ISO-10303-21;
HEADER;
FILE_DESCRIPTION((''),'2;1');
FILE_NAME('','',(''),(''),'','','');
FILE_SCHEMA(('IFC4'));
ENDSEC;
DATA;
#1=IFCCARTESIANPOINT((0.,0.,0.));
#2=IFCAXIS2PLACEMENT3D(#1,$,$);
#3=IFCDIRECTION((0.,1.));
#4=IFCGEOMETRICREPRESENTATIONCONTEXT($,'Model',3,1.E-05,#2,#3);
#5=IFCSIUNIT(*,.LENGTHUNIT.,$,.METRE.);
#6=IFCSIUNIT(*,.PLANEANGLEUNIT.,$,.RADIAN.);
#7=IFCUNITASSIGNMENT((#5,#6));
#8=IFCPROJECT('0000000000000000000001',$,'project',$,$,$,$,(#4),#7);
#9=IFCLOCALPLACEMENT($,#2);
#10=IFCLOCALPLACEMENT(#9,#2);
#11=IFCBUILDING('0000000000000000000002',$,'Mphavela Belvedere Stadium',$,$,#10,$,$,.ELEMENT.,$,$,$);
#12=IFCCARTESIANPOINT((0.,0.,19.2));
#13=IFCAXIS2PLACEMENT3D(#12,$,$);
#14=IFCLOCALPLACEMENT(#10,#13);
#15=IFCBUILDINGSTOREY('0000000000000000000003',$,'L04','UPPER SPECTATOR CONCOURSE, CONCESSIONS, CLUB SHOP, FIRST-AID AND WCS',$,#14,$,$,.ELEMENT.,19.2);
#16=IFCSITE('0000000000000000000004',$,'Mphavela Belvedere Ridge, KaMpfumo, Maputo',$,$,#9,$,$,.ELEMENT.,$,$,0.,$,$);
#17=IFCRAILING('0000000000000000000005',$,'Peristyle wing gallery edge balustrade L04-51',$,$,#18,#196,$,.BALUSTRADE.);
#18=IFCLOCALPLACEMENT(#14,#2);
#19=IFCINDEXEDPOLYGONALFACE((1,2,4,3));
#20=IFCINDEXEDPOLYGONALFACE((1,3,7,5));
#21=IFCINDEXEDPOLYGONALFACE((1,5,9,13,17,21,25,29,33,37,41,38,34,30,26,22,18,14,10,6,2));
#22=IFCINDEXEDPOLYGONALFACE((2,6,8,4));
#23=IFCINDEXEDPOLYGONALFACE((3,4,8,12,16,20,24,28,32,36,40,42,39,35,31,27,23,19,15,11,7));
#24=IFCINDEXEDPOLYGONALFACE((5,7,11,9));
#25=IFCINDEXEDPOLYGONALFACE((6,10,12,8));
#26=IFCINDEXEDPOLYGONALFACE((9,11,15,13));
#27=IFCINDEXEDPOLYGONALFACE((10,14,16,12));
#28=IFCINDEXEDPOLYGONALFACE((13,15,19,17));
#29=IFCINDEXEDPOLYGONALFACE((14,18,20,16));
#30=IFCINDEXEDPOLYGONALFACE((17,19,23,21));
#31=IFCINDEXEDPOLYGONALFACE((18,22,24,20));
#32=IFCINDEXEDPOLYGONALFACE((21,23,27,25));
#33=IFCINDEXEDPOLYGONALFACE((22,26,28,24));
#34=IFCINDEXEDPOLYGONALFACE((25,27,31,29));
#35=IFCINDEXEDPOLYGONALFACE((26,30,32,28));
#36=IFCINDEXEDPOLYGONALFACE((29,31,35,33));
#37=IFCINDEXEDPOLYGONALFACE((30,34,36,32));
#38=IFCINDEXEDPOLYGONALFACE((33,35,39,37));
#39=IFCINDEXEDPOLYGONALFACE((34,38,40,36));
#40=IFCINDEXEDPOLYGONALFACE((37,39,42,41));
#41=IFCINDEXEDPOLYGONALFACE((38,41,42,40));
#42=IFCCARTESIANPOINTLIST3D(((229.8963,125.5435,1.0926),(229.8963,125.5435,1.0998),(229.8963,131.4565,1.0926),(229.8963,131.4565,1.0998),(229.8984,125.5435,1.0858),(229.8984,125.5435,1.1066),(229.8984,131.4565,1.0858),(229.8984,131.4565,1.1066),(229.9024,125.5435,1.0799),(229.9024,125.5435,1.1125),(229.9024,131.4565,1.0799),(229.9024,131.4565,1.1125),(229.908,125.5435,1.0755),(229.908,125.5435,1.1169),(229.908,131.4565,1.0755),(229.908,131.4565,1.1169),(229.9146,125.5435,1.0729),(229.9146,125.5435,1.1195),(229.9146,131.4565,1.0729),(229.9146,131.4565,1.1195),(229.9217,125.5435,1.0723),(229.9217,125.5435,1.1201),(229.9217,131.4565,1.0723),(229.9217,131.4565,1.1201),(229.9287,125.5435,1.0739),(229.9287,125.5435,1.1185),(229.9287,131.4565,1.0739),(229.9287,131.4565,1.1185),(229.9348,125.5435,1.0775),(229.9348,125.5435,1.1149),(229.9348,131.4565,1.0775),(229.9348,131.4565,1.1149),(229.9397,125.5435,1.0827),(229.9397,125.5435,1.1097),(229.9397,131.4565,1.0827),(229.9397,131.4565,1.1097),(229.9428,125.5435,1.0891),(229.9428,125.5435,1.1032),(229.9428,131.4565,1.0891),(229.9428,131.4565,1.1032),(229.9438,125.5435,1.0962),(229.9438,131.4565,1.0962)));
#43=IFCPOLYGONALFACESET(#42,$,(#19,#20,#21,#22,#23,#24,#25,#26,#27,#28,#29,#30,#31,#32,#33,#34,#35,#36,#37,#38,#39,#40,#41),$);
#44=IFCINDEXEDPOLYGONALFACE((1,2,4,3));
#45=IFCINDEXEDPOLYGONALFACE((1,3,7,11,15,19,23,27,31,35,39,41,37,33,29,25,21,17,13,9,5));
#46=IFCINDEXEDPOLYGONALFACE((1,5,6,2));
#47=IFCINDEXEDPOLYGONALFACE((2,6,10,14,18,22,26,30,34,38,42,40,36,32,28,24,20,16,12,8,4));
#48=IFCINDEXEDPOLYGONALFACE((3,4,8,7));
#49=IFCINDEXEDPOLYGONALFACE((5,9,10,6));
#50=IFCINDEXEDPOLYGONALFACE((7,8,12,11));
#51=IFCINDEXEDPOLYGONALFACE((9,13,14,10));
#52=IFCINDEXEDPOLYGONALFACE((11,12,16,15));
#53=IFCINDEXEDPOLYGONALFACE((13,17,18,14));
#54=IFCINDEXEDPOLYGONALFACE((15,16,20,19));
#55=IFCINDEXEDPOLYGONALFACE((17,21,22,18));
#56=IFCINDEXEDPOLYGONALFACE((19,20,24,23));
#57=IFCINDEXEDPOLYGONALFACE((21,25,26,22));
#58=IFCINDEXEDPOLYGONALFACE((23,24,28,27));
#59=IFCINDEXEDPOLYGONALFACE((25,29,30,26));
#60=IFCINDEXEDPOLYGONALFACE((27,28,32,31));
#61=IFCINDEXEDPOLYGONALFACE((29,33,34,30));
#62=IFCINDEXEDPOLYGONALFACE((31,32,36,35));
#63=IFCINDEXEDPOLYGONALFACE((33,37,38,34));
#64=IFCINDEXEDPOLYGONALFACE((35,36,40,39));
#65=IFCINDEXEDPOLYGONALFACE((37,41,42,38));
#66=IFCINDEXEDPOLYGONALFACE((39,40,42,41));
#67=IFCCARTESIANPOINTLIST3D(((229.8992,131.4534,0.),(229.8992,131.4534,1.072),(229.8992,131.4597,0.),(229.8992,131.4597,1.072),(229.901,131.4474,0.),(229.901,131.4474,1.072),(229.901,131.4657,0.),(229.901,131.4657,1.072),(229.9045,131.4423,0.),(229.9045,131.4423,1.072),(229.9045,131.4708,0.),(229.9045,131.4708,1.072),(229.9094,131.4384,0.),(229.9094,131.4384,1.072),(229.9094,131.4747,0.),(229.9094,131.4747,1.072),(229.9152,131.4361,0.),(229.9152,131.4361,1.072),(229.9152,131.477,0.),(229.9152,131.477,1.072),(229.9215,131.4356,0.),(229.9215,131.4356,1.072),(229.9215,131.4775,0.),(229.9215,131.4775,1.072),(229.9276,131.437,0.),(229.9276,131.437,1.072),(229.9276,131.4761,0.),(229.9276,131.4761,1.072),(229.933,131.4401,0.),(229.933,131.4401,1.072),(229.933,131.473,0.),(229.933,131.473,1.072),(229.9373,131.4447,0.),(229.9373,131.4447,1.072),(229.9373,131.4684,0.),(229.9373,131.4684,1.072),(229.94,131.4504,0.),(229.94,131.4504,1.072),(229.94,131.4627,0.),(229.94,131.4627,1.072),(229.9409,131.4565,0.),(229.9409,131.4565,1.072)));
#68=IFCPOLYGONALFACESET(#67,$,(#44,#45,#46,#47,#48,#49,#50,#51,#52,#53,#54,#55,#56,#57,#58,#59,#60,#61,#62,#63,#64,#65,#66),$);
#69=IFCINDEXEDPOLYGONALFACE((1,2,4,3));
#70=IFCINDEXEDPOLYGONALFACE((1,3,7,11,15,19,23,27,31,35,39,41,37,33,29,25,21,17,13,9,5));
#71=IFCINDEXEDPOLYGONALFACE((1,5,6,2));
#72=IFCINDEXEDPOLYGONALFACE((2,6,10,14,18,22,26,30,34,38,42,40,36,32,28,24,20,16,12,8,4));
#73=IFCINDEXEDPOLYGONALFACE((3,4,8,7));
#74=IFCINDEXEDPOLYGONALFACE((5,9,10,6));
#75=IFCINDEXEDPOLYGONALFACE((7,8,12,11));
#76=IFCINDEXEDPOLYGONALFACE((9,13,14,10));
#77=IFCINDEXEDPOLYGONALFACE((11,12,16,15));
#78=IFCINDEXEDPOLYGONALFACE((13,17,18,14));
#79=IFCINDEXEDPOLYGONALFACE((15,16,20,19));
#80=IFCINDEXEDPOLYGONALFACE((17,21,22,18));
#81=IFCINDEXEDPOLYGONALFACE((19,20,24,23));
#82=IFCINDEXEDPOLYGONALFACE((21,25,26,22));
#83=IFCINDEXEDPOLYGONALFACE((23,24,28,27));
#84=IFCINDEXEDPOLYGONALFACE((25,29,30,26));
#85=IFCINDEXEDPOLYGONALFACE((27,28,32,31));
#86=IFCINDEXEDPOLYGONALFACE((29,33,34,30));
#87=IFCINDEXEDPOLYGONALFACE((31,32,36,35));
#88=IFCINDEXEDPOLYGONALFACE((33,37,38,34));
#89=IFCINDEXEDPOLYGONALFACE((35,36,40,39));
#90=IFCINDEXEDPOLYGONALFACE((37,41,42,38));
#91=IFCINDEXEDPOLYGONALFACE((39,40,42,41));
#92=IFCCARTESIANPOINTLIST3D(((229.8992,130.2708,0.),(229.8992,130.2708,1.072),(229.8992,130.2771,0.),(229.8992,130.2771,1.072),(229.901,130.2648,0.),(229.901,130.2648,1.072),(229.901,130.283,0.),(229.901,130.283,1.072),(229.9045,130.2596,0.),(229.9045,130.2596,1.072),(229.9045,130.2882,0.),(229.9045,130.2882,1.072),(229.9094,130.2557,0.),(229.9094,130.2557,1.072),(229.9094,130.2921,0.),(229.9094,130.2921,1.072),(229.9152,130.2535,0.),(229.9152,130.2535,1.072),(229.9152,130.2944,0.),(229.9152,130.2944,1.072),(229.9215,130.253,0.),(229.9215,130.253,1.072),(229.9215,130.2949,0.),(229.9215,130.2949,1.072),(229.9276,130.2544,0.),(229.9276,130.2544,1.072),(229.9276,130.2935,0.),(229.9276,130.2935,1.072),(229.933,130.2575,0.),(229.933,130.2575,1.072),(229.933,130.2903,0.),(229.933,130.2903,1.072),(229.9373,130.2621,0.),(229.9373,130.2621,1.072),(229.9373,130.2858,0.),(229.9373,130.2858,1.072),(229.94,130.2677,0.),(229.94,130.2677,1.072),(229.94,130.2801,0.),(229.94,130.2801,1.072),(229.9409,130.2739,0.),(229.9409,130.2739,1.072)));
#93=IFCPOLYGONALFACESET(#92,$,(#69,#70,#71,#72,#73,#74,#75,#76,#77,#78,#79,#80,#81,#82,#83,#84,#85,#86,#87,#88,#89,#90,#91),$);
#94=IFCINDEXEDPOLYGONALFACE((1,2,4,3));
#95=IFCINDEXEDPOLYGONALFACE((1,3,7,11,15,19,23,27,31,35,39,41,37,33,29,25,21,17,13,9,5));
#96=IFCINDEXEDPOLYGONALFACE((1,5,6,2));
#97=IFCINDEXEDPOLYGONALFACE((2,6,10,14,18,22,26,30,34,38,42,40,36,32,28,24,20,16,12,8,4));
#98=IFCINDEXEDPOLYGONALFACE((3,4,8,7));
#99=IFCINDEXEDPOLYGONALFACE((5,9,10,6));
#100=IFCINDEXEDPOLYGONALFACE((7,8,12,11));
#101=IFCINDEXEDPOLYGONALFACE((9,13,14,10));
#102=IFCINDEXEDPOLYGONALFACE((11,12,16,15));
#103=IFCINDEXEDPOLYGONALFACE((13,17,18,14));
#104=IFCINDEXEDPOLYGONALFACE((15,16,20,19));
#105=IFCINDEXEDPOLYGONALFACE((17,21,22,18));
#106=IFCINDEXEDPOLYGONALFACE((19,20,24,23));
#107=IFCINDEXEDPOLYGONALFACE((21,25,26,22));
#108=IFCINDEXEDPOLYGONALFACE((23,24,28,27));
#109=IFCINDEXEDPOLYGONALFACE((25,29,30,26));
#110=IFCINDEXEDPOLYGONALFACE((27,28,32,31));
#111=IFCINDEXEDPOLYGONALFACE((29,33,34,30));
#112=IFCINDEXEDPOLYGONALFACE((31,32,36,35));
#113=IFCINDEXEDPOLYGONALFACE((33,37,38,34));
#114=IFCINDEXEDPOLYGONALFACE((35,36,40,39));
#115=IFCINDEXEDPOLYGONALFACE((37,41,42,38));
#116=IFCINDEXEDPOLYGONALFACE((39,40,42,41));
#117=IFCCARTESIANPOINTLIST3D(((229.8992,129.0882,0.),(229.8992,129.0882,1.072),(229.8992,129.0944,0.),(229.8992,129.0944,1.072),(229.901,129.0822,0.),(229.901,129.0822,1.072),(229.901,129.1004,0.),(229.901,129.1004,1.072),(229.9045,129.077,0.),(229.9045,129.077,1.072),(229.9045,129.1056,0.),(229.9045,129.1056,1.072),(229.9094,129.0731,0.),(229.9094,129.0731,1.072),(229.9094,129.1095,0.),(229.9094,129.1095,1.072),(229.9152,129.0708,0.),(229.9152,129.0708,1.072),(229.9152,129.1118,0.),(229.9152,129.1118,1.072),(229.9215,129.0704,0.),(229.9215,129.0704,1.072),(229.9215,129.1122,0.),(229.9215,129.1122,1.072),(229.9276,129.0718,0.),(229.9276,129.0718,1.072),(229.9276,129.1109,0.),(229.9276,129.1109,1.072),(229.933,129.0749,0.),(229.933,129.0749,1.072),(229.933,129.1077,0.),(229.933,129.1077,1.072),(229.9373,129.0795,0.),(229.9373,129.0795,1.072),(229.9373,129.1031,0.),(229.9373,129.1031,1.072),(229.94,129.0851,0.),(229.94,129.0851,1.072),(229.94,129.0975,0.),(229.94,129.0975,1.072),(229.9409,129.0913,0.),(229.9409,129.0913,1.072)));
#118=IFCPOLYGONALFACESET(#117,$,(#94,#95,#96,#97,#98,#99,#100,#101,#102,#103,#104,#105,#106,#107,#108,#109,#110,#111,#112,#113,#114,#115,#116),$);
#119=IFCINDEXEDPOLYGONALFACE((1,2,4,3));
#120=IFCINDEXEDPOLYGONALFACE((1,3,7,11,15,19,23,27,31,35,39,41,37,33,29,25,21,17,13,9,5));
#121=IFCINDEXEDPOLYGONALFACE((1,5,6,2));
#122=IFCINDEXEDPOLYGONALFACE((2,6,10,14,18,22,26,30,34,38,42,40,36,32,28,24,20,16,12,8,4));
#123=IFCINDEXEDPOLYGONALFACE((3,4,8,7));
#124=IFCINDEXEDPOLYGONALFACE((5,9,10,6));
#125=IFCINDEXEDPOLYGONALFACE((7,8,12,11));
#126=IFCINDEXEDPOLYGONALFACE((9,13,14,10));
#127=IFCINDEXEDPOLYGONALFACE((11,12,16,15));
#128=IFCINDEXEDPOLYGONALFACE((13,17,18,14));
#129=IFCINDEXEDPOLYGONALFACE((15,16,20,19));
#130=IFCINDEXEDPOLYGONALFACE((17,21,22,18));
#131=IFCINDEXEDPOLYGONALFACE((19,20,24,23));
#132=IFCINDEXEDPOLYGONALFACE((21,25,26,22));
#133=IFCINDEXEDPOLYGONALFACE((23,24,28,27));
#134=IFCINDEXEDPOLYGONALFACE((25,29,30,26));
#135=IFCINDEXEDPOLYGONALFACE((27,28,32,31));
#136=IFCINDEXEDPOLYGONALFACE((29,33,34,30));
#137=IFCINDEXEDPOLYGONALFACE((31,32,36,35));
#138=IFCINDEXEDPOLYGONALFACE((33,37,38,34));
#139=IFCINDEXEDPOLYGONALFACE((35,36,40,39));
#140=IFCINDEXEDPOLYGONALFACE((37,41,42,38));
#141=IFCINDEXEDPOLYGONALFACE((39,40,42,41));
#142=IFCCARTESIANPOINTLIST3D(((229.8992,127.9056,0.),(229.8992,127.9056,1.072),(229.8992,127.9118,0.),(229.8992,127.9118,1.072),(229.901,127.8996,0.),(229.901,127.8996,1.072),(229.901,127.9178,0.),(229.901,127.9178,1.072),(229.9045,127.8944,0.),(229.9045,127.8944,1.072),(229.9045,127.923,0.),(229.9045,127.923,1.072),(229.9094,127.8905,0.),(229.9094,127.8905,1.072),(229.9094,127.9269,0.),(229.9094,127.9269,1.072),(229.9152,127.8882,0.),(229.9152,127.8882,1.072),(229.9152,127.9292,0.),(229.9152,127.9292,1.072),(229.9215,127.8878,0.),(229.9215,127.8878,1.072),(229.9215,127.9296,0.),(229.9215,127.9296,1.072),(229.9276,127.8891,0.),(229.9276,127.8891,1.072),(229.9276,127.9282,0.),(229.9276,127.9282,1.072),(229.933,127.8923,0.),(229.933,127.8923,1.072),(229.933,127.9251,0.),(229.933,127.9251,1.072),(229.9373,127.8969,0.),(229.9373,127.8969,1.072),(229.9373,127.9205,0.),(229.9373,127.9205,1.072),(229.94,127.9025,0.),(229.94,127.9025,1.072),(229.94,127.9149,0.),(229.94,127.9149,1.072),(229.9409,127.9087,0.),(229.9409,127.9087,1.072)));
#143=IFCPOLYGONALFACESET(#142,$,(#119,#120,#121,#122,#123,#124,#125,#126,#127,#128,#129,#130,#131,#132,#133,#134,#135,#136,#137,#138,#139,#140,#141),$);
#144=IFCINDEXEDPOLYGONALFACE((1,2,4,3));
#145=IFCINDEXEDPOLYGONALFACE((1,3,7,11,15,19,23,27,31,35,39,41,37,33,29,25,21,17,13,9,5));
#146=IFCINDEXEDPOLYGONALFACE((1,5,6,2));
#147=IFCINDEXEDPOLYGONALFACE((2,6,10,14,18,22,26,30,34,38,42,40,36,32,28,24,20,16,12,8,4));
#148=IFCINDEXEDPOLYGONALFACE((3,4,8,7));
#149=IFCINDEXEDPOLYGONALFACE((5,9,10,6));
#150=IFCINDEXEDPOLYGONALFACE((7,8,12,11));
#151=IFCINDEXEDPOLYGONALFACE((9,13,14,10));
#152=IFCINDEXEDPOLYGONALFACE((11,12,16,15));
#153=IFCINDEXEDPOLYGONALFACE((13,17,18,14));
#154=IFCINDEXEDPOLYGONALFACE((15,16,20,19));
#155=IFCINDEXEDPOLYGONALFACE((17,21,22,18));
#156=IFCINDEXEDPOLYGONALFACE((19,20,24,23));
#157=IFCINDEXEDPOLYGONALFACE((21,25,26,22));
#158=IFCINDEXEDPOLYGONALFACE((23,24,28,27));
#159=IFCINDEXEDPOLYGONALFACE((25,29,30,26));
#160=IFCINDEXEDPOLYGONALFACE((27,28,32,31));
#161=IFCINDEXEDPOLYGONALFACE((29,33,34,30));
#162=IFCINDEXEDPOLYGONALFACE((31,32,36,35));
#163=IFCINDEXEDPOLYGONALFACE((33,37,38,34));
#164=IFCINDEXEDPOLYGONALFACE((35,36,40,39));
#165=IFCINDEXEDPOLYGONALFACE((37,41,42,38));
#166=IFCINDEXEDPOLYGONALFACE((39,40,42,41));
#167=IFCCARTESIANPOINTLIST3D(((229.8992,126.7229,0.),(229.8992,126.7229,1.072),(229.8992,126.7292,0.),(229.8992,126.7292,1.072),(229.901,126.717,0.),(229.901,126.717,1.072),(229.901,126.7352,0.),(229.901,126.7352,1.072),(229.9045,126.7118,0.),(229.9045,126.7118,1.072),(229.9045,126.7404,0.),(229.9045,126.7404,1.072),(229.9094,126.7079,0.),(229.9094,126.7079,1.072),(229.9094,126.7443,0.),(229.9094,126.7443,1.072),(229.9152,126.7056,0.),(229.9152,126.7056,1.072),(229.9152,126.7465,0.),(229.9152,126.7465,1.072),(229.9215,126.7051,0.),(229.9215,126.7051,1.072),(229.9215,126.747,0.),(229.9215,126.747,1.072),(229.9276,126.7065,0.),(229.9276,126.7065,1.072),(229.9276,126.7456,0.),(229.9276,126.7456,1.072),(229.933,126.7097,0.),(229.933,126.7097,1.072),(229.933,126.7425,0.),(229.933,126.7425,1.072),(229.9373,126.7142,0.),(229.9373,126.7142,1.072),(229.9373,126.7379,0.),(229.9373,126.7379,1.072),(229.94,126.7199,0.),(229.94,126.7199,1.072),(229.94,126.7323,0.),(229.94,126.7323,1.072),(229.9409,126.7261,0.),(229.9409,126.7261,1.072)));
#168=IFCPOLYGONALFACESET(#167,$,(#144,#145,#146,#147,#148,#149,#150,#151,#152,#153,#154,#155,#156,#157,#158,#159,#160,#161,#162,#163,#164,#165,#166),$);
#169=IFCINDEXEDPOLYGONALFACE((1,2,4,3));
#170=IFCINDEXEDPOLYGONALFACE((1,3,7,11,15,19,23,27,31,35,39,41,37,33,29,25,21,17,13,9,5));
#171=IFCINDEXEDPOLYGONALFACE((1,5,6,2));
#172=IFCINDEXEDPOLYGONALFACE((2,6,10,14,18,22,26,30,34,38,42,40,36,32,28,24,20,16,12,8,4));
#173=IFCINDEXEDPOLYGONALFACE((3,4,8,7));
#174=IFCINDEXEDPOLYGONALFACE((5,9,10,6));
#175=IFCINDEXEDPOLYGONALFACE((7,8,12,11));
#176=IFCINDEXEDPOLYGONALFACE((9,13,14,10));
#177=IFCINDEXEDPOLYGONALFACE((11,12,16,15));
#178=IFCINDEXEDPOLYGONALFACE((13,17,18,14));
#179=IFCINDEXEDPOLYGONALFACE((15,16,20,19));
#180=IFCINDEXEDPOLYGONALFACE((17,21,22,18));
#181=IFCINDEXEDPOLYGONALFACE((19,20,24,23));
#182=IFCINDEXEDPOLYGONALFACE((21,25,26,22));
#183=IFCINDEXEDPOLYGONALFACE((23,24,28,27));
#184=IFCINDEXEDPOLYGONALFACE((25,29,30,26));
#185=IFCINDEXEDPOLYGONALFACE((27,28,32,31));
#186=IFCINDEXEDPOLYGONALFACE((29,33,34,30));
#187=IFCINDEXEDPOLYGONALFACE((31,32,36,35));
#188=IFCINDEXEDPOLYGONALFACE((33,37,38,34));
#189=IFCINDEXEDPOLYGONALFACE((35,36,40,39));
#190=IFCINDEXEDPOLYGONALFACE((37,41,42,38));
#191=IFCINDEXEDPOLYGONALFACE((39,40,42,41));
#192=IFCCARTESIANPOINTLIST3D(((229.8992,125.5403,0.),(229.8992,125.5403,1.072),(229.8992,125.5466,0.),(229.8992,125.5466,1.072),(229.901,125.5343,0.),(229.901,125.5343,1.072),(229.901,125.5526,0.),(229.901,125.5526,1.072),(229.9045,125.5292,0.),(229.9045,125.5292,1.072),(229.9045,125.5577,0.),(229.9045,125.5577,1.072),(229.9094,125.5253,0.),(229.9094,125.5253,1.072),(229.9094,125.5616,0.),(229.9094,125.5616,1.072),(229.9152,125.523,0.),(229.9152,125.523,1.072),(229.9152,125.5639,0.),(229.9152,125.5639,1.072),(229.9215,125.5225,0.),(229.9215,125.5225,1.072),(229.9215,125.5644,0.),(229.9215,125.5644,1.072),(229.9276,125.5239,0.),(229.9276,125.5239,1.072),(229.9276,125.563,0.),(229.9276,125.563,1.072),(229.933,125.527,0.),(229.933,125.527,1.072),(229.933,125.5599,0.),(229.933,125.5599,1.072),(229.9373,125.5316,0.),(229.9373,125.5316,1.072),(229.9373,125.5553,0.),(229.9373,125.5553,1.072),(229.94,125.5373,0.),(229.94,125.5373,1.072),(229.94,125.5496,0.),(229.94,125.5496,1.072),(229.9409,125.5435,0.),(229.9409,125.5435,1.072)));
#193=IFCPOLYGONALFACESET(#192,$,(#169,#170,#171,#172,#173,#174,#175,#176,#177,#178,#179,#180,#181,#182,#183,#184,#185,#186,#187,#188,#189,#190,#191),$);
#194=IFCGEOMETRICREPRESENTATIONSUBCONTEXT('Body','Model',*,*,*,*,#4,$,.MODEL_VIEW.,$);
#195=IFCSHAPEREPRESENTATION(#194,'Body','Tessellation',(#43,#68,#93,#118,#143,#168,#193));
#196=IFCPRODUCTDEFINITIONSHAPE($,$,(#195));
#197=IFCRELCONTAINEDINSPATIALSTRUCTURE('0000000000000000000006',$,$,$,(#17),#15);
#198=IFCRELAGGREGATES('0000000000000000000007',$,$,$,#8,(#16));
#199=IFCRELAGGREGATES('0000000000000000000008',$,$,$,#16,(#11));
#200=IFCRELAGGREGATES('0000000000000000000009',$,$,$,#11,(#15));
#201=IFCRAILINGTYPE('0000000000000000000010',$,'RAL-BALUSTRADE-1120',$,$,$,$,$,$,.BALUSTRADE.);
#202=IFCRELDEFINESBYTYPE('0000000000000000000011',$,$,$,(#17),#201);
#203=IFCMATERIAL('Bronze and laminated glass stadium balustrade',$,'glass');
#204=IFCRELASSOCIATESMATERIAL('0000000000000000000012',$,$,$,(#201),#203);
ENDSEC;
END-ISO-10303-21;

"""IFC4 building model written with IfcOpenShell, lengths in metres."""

from ifc_helpers import new_model, si_unit, direction, frame, origin, origin_2d, place, context, subcontext, project, spatial, circle, extrude, material, type_object, element, save


model = new_model("IFC4")

# Units and contexts
model_context = context("Model", 3, precision=1e-05, world=origin(), true_north=direction((0.0, 1.0)))
body_context = subcontext(model_context, "Body", "Model", "MODEL_VIEW")
ifc_project = project(units=[si_unit("LENGTHUNIT", "METRE"), si_unit("PLANEANGLEUNIT", "RADIAN")], contexts=[model_context])

# Site, building, storey
site_placement = place(None, origin())
site = spatial("IfcSite", under=ifc_project, at=site_placement, Name="Mphavela Belvedere Ridge, KaMpfumo, Maputo", CompositionType="ELEMENT", RefElevation=0.0)
building_placement = place(site_placement, origin())
building = spatial("IfcBuilding", under=site, at=building_placement, Name="Mphavela Belvedere Stadium", CompositionType="ELEMENT")
storey_placement = place(building_placement, frame((0.0, 0.0, 19.2)))
storey = spatial("IfcBuildingStorey", under=building, at=storey_placement, Name="L04", Description="UPPER SPECTATOR CONCOURSE, CONCESSIONS, CLUB SHOP, FIRST-AID AND WCS", CompositionType="ELEMENT", Elevation=19.2)

# Railing
ifc_material_1 = material(Name="Bronze and laminated glass stadium balustrade", Category="glass")
railing_type = type_object("IfcRailingType", Name="RAL-BALUSTRADE-1120", PredefinedType="BALUSTRADE", material=ifc_material_1)
for number, where, name in (
    (1, (229.9199, 131.4565, 0.0), "Peristyle wing gallery edge balustrade L04-51"),
):
    element("IfcRailing", number, at=place(storey_placement, frame(where)), inside=storey, type_object=railing_type, Name=name, PredefinedType="BALUSTRADE", context=body_context, shape_type="SweptSolid", body=[
        extrude(circle(Radius=0.0239, at=origin_2d()), frame((0.0, 0.0, 1.0962), z_axis=(0.0, -1.0, 0.0), x_axis=(1.0, 0.0, 0.0)), (0.0, 0.0, 1.0), 5.9131),
        extrude(circle(Radius=0.021, at=origin_2d()), origin(), (0.0, 0.0, 1.0), 1.072),
        extrude(circle(Radius=0.021, at=origin_2d()), frame((0.0, -1.1826, 0.0)), (0.0, 0.0, 1.0), 1.072),
        extrude(circle(Radius=0.021, at=origin_2d()), frame((0.0, -2.3652, 0.0)), (0.0, 0.0, 1.0), 1.072),
        extrude(circle(Radius=0.021, at=origin_2d()), frame((0.0, -3.5479, 0.0)), (0.0, 0.0, 1.0), 1.072),
        extrude(circle(Radius=0.021, at=origin_2d()), frame((0.0, -4.7305, 0.0)), (0.0, 0.0, 1.0), 1.072),
        extrude(circle(Radius=0.021, at=origin_2d()), frame((0.0, -5.9131, 0.0)), (0.0, 0.0, 1.0), 1.072),
    ])

save(model, "model.ifc")
